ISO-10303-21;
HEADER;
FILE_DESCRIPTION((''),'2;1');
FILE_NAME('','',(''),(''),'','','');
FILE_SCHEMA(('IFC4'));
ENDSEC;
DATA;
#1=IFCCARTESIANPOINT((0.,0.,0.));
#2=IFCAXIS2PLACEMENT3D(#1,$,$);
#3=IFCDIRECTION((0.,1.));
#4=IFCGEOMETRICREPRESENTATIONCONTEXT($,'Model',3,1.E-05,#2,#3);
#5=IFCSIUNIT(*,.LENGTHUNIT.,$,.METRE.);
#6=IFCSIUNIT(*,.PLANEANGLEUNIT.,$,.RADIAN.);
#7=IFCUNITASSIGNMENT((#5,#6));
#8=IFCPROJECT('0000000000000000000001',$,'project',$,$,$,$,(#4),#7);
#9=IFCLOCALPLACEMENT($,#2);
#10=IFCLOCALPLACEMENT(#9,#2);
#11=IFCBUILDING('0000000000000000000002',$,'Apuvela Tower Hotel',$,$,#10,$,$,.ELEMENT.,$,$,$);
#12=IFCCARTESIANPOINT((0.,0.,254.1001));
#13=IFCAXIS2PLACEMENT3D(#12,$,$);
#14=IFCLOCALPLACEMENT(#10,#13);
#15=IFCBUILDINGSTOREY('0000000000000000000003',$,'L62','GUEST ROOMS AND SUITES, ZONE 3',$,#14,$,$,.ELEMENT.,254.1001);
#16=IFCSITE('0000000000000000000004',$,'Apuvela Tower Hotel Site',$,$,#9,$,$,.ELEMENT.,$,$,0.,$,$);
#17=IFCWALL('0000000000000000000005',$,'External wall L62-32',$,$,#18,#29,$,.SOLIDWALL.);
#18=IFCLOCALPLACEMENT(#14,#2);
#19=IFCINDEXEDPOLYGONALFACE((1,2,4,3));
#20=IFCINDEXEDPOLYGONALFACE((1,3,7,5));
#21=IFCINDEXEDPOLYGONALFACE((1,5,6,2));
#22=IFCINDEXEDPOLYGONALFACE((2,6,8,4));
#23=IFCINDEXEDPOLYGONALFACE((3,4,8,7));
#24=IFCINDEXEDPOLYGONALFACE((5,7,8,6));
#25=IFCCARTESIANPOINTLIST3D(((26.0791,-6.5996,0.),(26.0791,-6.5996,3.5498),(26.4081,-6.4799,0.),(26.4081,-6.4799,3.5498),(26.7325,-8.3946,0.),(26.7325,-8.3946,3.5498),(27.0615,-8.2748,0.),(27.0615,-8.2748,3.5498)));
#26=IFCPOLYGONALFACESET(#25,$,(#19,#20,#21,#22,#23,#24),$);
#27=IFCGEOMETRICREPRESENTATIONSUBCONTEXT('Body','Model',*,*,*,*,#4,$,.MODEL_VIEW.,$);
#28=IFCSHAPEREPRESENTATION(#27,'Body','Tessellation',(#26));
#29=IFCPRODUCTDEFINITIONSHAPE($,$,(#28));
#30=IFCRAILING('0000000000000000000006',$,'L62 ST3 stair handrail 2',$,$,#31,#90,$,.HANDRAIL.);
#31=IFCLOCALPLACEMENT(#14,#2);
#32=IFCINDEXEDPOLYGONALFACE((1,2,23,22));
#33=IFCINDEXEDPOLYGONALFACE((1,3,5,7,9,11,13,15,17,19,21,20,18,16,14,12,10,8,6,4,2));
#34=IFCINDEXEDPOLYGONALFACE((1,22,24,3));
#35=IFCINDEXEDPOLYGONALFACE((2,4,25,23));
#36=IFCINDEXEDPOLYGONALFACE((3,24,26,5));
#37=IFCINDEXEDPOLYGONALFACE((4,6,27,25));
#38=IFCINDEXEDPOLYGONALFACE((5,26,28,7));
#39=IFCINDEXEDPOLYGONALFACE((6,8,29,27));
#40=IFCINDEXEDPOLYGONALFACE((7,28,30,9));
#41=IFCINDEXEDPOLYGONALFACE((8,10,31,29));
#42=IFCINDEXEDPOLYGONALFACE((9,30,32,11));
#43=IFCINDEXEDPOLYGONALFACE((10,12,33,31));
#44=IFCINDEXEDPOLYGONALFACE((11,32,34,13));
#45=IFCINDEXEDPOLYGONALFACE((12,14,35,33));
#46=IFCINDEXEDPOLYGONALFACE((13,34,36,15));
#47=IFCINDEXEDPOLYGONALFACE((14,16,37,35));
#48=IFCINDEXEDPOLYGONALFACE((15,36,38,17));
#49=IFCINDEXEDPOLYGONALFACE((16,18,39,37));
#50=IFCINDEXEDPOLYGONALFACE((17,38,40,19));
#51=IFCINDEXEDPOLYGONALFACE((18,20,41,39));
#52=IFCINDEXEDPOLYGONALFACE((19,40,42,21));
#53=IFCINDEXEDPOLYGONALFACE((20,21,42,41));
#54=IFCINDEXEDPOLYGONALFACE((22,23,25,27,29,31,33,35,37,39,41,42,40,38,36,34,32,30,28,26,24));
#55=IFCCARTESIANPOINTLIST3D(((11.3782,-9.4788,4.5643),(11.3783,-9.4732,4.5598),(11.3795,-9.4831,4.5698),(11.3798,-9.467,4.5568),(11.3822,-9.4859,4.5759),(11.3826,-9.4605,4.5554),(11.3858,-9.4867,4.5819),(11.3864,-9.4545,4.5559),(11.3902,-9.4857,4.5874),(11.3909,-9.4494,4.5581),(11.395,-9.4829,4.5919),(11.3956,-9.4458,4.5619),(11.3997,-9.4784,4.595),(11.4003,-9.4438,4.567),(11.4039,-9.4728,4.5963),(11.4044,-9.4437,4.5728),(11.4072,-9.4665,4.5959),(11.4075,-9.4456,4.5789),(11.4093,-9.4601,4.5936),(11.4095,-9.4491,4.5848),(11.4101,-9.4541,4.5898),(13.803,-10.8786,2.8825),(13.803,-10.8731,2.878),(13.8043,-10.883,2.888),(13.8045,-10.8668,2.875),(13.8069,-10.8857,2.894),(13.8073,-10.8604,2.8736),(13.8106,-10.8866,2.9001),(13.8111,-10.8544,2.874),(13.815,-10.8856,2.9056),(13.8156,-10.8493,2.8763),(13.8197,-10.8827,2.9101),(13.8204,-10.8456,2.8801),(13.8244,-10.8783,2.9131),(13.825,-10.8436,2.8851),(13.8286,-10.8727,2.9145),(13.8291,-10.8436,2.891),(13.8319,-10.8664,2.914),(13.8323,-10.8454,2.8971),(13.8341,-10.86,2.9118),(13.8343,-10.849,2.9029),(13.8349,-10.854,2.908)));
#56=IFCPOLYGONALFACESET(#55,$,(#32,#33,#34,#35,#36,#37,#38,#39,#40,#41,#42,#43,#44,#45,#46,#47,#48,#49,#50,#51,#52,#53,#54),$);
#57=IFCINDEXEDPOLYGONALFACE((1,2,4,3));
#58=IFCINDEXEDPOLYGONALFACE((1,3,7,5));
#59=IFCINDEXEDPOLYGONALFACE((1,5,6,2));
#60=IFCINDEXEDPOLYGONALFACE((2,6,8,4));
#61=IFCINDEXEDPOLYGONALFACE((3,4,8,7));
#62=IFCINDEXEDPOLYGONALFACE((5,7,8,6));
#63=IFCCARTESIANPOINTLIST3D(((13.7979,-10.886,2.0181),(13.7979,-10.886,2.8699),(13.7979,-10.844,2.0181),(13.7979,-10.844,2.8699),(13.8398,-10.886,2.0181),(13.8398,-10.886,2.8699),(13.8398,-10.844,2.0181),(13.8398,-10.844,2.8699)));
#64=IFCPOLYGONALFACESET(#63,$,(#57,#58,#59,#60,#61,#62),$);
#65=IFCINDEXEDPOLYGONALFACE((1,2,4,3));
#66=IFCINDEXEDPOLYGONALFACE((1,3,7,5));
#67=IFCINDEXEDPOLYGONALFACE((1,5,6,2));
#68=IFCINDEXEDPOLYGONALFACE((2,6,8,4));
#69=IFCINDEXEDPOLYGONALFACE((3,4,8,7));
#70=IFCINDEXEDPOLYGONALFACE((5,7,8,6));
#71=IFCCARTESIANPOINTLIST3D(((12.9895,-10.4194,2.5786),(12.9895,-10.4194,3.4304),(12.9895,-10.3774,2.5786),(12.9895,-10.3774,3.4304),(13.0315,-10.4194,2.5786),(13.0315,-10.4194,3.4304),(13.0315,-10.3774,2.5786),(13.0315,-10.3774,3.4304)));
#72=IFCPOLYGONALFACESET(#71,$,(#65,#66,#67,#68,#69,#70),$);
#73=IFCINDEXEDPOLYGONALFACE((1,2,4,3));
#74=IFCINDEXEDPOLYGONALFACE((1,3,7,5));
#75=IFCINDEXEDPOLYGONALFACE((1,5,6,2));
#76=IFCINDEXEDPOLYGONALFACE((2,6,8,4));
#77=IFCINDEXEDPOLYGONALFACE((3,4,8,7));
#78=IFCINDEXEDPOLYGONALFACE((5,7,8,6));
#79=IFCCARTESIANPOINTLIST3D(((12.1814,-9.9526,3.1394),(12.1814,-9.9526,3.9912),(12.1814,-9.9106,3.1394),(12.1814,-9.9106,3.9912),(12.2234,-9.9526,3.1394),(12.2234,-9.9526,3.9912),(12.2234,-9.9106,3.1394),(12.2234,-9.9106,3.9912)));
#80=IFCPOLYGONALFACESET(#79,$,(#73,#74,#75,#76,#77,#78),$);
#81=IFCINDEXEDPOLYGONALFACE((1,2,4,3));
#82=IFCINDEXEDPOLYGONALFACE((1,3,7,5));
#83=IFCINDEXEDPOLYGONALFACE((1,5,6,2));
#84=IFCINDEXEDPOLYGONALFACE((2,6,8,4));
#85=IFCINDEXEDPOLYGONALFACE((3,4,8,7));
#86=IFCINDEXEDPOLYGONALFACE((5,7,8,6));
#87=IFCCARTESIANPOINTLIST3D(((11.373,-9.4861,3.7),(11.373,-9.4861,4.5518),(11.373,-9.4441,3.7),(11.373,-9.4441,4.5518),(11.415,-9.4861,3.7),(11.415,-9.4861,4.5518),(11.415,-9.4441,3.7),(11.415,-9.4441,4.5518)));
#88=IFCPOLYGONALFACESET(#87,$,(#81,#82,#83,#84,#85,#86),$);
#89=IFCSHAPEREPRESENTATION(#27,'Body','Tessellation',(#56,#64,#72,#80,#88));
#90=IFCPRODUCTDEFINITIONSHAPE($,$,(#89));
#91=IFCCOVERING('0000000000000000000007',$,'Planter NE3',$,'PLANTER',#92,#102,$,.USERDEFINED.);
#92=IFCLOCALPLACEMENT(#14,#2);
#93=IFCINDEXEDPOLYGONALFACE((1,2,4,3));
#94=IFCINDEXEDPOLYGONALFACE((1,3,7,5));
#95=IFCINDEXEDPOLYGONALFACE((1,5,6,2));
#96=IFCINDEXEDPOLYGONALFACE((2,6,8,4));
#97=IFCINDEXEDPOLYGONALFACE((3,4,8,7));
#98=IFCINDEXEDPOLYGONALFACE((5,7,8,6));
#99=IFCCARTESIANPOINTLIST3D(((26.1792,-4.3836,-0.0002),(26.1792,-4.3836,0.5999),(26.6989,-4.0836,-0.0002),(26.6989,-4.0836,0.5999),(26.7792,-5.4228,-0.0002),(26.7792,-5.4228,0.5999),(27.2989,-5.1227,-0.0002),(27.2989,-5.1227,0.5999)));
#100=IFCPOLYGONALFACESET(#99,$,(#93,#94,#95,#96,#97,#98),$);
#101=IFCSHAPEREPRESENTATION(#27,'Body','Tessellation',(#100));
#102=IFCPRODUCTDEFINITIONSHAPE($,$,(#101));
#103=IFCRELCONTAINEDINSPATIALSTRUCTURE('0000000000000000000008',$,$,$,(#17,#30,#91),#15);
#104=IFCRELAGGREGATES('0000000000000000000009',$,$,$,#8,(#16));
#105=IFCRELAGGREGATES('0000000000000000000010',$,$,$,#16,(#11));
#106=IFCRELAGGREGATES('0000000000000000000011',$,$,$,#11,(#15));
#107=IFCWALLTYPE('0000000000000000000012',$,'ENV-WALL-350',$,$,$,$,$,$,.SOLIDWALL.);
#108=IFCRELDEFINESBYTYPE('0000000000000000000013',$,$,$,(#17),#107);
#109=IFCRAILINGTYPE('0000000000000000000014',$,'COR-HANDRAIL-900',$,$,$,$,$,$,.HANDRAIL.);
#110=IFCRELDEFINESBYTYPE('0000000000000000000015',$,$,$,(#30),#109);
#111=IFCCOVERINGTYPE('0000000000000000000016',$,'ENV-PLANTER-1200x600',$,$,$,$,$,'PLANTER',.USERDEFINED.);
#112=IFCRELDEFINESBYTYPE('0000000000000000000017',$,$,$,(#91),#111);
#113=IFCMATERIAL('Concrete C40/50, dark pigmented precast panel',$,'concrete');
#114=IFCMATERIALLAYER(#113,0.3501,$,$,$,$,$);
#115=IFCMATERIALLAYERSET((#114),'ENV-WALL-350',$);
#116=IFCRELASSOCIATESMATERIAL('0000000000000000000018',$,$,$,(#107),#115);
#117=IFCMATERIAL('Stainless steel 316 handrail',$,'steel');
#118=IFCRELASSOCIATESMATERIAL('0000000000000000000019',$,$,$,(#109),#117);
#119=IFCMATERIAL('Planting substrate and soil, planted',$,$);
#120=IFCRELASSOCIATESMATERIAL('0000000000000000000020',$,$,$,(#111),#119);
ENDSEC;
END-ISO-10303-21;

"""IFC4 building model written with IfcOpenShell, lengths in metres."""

from ifc_helpers import new_model, si_unit, direction, frame, frame_2d, origin, origin_2d, place, context, subcontext, project, spatial, rectangle, circle, extrude, material, layer, layer_set, type_object, element, save


model = new_model("IFC4")

# Units and contexts
model_context = context("Model", 3, precision=1e-05, world=origin(), true_north=direction((0.0, 1.0)))
body_context = subcontext(model_context, "Body", "Model", "MODEL_VIEW")
ifc_project = project(units=[si_unit("LENGTHUNIT", "METRE"), si_unit("PLANEANGLEUNIT", "RADIAN")], contexts=[model_context])

# Site, building, storey
site_placement = place(None, origin())
site = spatial("IfcSite", under=ifc_project, at=site_placement, Name="Apuvela Tower Hotel Site", CompositionType="ELEMENT", RefElevation=0.0)
building_placement = place(site_placement, origin())
building = spatial("IfcBuilding", under=site, at=building_placement, Name="Apuvela Tower Hotel", CompositionType="ELEMENT")
storey_placement = place(building_placement, frame((0.0, 0.0, 254.1001)))
storey = spatial("IfcBuildingStorey", under=building, at=storey_placement, Name="L62", Description="GUEST ROOMS AND SUITES, ZONE 3", CompositionType="ELEMENT", Elevation=254.1001)

# Wall
ifc_material_1 = material(Name="Concrete C40/50, dark pigmented precast panel", Category="concrete")
ifc_layer_1 = layer(ifc_material_1, 0.3501)
ifc_layer_set_1 = layer_set([ifc_layer_1], Name="ENV-WALL-350")
wall_type_1 = type_object("IfcWallType", Name="ENV-WALL-350", PredefinedType="SOLIDWALL", material=ifc_layer_set_1)
for number, where, z_axis, x_axis, name in (
    (1, (26.897, -8.3347, 0.0), (0.0, 0.0, 1.0), (-0.34203, 0.939689, 0.0), "External wall L62-32"),
):
    element("IfcWall", number, at=place(storey_placement, frame(where, z_axis=z_axis, x_axis=x_axis)), inside=storey, type_object=wall_type_1, Name=name, PredefinedType="SOLIDWALL", context=body_context, shape_type="SweptSolid", body=[
        extrude(rectangle(XDim=1.9102, YDim=0.3501, at=frame_2d((0.9551, 0.0))), origin(), (0.0, 0.0, 1.0), 3.5498),
    ])

# Railing
ifc_material_2 = material(Name="Stainless steel 316 handrail", Category="steel")
railing_type_1 = type_object("IfcRailingType", Name="COR-HANDRAIL-900", PredefinedType="HANDRAIL", material=ifc_material_2)
railing_1_placement = place(storey_placement, frame((13.8188, -10.865, 2.0181)))
element("IfcRailing", 2, at=railing_1_placement, inside=storey, type_object=railing_type_1, Name="L62 ST3 stair handrail 2", PredefinedType="HANDRAIL", context=body_context, shape_type="SweptSolid", body=[
    extrude(circle(Radius=0.0239, at=origin_2d()), frame((0.0, 0.0, 0.876), z_axis=(-0.74239, 0.428601, 0.514934), x_axis=(-0.499984, -0.866035, 0.0)), (0.0, 0.0, 1.0), 3.2661),
    extrude(rectangle(XDim=0.042, YDim=0.042, at=origin_2d()), origin(), (0.0, 0.0, 1.0), 0.8518),
    extrude(rectangle(XDim=0.042, YDim=0.042, at=origin_2d()), frame((-0.8083, 0.4666, 0.5605)), (0.0, 0.0, 1.0), 0.8518),
    extrude(rectangle(XDim=0.042, YDim=0.042, at=origin_2d()), frame((-1.6165, 0.9333, 1.1213)), (0.0, 0.0, 1.0), 0.8518),
    extrude(rectangle(XDim=0.042, YDim=0.042, at=origin_2d()), frame((-2.4248, 1.3999, 1.6819)), (0.0, 0.0, 1.0), 0.8518),
])

# Covering
ifc_material_3 = material(Name="Planting substrate and soil, planted")
covering_type = type_object("IfcCoveringType", Name="ENV-PLANTER-1200x600", ElementType="PLANTER", PredefinedType="USERDEFINED", material=ifc_material_3)
covering_placement = place(storey_placement, frame((26.739, -4.7532, -0.0002), z_axis=(0.0, 0.0, 1.0), x_axis=(-0.5, 0.866025, 0.0)))
element("IfcCovering", 3, at=covering_placement, inside=storey, type_object=covering_type, Name="Planter NE3", ObjectType="PLANTER", PredefinedType="USERDEFINED", context=body_context, shape_type="SweptSolid", body=[
    extrude(rectangle(XDim=1.2, YDim=0.6001, at=origin_2d()), origin(), (0.0, 0.0, 1.0), 0.6001),
])

save(model, "model.ifc")
